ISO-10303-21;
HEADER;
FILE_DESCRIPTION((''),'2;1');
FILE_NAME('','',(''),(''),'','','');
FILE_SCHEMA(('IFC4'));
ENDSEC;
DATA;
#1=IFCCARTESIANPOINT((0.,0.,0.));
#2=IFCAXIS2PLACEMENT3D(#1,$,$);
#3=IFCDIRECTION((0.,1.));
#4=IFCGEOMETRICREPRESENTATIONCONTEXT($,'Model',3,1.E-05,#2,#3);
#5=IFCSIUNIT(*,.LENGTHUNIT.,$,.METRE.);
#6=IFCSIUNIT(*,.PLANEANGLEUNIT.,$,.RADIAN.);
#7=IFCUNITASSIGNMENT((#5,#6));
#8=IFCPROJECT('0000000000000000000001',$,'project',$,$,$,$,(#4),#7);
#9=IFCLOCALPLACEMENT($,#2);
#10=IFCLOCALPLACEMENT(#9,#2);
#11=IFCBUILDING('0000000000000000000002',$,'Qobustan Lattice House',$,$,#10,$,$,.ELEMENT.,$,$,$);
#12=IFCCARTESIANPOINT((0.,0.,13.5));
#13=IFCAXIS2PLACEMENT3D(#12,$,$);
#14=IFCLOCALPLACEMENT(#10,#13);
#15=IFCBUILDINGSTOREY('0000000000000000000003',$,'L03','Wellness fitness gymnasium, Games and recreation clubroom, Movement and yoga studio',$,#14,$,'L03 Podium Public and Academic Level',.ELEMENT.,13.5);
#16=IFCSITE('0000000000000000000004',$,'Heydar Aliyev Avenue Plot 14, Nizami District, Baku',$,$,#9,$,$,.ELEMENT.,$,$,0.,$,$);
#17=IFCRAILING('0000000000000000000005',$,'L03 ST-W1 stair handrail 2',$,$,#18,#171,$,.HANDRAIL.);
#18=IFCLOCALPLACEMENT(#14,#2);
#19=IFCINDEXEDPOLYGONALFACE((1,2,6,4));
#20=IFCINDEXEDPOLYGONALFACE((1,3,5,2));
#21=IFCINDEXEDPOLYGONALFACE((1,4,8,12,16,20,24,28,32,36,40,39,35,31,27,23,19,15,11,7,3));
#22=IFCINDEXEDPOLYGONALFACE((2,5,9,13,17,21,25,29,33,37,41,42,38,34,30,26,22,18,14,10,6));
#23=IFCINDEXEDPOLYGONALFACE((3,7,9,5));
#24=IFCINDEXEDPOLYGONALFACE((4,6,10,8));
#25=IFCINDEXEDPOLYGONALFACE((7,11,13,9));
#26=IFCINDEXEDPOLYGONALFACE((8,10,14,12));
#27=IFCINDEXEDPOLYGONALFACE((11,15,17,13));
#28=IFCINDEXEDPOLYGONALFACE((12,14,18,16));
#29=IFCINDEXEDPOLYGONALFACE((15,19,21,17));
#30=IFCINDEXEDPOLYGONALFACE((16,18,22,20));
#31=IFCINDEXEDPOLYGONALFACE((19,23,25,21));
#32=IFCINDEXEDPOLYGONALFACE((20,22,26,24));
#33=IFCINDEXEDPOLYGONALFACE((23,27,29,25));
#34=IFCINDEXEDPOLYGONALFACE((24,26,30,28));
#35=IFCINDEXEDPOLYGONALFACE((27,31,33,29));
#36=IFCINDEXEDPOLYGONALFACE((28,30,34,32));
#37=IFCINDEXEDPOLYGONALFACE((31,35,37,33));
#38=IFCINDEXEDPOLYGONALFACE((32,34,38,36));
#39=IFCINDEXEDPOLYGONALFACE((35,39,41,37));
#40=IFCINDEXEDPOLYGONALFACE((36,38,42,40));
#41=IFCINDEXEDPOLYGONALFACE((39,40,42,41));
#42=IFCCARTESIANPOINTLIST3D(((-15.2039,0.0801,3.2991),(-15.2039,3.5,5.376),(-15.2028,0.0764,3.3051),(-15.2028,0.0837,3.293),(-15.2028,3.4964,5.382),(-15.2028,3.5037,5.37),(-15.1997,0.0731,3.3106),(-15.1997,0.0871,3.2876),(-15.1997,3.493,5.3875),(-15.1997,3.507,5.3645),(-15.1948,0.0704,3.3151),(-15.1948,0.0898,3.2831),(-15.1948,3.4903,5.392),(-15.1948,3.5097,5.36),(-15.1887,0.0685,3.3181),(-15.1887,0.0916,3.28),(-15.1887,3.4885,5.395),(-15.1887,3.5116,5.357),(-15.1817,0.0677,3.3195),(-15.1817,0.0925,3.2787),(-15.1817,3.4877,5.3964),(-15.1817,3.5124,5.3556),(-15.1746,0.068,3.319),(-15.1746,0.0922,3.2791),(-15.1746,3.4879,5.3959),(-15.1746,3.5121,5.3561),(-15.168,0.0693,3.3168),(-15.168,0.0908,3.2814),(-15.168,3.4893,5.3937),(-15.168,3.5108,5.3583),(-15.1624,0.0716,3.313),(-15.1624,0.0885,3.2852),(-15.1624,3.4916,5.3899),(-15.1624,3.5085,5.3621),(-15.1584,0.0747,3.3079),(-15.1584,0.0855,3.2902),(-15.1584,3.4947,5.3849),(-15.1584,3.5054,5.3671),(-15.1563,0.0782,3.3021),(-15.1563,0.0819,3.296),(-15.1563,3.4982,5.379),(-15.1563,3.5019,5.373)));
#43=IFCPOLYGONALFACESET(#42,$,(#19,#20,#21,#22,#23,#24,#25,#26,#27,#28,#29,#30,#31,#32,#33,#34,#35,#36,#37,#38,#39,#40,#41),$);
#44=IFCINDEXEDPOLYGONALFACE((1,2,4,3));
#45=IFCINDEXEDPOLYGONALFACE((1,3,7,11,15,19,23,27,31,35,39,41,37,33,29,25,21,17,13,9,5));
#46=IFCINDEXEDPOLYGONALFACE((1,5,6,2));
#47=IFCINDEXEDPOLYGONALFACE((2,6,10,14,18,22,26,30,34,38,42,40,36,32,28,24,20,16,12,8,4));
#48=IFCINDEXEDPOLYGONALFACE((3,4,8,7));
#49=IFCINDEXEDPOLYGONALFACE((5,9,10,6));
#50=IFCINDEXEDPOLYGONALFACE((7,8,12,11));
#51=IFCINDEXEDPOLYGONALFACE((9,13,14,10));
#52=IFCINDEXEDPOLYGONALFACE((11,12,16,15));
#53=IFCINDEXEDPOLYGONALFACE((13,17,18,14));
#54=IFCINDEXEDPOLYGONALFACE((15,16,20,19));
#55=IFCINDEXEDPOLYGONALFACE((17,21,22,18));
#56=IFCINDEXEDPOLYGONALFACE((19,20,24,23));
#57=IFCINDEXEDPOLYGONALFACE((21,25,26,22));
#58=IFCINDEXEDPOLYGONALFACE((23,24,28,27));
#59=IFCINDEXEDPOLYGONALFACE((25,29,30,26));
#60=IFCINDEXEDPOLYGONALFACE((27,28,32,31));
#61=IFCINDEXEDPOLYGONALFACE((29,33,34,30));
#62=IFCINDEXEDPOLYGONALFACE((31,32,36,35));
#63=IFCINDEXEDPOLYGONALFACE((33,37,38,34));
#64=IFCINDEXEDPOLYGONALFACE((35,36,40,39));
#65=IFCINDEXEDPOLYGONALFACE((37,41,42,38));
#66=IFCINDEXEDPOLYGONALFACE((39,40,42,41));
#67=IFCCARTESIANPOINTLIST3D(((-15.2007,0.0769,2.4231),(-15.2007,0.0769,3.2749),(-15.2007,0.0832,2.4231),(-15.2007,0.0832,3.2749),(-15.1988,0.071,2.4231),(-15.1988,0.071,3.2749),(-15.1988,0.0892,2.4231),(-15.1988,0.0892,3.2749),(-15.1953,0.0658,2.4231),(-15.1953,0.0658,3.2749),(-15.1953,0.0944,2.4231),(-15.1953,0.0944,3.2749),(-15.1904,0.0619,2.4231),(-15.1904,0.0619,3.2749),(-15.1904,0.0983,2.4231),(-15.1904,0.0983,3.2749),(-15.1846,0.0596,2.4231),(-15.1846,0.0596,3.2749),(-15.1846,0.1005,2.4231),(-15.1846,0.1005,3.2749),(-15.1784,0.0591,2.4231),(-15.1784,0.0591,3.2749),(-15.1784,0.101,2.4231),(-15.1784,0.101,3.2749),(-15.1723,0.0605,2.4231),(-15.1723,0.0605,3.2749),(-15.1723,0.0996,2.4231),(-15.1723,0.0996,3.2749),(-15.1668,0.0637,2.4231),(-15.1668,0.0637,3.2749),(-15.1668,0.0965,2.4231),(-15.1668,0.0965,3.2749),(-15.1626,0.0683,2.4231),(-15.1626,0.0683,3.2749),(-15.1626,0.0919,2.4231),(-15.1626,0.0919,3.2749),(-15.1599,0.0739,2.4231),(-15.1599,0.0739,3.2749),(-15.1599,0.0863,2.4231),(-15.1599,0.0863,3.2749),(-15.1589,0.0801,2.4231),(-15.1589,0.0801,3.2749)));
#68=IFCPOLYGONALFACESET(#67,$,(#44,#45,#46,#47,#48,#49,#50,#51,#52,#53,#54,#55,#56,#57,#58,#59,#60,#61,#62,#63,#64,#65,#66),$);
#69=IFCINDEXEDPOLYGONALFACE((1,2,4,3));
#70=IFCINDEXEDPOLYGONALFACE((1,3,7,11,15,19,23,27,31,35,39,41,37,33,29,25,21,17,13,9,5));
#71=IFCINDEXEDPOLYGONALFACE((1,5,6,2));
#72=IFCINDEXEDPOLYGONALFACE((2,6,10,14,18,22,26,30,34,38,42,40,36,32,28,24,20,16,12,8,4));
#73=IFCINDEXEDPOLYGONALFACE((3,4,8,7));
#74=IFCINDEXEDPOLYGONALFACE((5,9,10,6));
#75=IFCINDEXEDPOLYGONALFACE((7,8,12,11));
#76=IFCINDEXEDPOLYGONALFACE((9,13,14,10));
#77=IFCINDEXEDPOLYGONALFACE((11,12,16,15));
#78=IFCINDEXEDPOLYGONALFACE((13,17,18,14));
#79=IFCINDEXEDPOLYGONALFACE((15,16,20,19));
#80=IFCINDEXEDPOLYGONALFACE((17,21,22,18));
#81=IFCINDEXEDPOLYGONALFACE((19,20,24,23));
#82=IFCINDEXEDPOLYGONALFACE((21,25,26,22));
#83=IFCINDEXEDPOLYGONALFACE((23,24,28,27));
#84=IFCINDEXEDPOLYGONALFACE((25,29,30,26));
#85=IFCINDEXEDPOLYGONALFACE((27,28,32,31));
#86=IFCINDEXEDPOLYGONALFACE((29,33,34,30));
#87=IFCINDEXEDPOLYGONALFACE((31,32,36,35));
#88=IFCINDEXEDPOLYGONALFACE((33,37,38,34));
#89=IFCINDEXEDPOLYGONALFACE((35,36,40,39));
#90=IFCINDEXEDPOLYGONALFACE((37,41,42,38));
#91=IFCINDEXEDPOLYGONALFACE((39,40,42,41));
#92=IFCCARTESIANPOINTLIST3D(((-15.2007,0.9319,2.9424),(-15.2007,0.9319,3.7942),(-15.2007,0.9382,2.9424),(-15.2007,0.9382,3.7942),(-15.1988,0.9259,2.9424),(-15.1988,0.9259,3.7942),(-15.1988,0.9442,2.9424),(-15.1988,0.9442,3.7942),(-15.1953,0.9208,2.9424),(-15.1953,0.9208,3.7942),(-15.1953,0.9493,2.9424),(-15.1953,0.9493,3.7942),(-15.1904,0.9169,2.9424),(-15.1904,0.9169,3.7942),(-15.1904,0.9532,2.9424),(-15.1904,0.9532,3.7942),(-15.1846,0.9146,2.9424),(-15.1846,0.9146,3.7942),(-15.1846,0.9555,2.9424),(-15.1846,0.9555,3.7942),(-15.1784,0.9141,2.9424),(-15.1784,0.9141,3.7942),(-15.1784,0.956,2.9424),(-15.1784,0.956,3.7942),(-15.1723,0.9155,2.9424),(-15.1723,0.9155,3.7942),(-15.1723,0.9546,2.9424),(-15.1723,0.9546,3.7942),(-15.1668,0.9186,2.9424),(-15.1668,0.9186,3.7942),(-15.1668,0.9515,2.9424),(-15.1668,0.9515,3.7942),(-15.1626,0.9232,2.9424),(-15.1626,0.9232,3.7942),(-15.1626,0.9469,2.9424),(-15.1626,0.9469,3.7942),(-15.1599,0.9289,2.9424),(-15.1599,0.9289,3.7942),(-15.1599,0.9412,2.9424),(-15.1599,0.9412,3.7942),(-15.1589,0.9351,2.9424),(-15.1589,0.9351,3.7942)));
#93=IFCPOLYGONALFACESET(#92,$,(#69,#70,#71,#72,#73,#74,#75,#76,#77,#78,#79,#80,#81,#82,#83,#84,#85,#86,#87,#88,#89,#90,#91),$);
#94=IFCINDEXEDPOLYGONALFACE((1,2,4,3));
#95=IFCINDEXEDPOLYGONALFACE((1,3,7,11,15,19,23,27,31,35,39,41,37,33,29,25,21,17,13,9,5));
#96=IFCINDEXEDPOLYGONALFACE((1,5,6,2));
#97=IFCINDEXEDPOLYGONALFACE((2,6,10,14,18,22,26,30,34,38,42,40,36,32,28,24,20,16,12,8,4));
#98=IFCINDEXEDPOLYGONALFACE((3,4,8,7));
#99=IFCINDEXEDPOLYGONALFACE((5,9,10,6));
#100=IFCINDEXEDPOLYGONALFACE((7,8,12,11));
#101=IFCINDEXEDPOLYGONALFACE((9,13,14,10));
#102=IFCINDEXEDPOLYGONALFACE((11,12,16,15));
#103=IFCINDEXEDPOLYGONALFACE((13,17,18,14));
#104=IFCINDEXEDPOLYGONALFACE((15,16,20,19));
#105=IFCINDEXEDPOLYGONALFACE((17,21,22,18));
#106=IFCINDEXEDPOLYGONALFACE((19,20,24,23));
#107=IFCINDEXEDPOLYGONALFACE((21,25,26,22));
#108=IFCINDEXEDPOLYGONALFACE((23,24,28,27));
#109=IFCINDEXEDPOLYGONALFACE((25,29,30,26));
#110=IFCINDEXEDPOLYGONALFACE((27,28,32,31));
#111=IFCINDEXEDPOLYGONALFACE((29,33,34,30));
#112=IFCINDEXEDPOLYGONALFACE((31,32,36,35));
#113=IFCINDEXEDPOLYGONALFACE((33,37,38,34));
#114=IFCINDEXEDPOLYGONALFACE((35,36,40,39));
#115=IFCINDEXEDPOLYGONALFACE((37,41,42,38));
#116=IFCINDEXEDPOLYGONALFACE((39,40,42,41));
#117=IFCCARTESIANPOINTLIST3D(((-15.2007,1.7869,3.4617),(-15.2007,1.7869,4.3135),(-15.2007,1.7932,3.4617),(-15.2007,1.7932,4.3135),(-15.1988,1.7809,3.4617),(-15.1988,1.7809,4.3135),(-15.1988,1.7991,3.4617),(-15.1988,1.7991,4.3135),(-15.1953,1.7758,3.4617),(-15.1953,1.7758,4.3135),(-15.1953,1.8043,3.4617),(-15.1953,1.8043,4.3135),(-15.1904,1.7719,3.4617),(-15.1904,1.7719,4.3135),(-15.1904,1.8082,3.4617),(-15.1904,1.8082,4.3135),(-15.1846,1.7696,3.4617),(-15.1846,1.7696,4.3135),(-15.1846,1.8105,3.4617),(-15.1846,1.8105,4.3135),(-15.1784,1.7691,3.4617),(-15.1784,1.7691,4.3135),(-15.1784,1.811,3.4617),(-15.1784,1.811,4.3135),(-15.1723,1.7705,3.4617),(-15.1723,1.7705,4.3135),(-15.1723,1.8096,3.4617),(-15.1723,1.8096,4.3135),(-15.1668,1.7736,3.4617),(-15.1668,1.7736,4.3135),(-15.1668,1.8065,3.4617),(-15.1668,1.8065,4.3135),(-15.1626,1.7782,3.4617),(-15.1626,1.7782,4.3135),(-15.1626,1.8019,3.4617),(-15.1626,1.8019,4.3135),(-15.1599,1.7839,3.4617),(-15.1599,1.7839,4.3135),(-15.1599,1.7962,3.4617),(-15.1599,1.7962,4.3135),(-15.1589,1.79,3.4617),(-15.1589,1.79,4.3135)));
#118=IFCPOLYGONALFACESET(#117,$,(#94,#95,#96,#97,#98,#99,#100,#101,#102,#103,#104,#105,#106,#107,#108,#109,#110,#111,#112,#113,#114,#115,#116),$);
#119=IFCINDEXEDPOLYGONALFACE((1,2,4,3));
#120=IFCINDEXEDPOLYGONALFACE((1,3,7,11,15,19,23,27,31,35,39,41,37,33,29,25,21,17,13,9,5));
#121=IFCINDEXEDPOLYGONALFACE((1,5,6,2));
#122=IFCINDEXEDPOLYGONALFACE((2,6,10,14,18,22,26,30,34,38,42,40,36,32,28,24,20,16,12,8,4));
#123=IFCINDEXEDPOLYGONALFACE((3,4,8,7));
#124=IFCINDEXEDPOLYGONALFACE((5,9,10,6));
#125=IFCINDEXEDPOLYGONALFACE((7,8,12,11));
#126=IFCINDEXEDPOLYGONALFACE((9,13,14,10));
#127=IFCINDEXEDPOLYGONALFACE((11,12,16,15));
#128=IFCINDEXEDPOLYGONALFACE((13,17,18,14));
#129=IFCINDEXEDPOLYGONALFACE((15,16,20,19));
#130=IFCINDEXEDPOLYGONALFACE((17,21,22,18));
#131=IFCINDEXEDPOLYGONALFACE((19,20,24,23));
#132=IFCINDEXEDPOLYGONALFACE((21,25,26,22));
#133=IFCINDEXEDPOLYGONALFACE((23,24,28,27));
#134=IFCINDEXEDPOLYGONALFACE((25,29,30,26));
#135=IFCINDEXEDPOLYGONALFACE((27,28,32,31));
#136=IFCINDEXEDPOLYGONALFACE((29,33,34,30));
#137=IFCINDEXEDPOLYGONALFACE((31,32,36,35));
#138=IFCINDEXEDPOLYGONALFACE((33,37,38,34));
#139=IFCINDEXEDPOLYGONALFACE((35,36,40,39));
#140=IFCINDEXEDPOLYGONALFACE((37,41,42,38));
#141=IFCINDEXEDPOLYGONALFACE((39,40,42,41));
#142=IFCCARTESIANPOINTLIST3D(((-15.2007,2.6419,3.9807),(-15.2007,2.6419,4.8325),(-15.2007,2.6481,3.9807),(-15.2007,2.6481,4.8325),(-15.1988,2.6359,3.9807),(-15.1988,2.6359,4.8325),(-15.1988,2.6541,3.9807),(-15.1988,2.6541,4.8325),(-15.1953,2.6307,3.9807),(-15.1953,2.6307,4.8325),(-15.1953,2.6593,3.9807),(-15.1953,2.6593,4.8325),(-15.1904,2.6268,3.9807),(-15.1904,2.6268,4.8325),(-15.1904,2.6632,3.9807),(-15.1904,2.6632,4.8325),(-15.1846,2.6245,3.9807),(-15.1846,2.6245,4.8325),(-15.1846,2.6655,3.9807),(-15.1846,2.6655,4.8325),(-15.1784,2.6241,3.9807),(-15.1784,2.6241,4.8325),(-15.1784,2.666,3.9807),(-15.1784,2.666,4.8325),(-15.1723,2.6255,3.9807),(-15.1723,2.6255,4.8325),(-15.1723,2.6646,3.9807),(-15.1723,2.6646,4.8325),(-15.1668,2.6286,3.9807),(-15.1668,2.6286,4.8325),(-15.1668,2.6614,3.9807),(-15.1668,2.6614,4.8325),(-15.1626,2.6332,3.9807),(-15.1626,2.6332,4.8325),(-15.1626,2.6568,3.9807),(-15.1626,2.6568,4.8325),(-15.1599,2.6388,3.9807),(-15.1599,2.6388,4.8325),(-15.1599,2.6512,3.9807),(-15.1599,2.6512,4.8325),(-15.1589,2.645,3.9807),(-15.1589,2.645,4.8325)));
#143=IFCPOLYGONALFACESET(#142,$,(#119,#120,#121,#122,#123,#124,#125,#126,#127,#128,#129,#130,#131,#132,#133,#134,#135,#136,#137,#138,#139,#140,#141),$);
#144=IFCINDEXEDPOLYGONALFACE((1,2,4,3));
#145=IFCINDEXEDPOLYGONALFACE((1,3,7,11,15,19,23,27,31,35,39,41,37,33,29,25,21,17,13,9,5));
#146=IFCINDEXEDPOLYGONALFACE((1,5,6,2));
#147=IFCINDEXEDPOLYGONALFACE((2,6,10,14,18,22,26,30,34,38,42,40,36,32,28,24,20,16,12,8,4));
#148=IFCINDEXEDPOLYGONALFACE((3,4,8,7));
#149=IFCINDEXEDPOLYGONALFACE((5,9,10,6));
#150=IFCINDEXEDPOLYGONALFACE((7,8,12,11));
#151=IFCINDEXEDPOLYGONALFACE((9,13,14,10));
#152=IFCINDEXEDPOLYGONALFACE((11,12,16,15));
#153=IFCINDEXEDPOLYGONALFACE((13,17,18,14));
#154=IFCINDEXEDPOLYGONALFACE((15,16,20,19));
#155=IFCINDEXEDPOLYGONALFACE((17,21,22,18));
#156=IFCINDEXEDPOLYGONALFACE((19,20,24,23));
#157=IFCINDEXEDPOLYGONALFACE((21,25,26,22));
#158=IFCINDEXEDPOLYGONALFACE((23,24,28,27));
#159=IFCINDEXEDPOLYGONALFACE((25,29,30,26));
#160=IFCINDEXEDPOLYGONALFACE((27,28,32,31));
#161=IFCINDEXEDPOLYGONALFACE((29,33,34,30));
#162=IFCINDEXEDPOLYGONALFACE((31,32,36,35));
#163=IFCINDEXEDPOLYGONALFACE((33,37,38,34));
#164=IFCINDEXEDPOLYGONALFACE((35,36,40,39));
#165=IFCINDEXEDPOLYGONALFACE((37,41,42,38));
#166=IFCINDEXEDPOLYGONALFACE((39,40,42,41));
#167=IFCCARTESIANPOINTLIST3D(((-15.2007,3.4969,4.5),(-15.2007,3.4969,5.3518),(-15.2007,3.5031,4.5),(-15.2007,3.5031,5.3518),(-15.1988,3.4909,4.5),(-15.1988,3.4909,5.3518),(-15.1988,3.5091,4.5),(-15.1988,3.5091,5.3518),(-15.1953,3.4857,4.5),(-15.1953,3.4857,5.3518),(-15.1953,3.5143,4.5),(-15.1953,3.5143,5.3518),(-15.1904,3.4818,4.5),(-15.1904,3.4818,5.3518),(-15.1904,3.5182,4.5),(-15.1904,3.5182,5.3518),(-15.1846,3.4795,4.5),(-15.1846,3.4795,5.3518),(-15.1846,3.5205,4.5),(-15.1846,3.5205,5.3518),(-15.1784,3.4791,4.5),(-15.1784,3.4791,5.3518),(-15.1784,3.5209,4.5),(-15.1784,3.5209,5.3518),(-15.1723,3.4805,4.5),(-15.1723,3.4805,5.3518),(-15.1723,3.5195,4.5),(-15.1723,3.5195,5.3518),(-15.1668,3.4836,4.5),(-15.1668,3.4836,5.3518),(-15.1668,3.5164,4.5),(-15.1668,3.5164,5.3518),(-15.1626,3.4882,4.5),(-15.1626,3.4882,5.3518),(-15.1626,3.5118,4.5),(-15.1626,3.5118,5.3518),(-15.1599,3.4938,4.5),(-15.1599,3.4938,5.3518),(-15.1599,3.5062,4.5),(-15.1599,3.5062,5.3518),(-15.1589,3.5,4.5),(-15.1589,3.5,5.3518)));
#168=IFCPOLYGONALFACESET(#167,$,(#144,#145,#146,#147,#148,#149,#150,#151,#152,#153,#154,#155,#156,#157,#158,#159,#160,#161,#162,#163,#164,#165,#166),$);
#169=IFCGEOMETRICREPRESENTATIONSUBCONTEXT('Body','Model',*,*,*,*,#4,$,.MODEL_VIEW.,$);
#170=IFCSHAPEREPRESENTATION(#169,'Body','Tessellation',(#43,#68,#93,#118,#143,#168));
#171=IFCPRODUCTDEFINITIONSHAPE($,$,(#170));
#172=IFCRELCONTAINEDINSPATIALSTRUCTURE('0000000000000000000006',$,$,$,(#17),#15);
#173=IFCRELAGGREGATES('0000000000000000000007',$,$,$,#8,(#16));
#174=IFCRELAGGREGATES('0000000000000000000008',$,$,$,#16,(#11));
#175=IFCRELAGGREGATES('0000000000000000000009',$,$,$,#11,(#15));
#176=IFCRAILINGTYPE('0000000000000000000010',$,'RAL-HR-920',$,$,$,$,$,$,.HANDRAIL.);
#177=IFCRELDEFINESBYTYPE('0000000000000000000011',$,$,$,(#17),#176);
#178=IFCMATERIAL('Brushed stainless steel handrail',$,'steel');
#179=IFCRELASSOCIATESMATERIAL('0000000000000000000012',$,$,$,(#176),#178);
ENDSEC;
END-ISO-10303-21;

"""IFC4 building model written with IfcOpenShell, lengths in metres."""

from ifc_helpers import new_model, si_unit, direction, frame, origin, origin_2d, place, context, subcontext, project, spatial, circle, extrude, material, type_object, element, save


model = new_model("IFC4")

# Units and contexts
model_context = context("Model", 3, precision=1e-05, world=origin(), true_north=direction((0.0, 1.0)))
body_context = subcontext(model_context, "Body", "Model", "MODEL_VIEW")
ifc_project = project(units=[si_unit("LENGTHUNIT", "METRE"), si_unit("PLANEANGLEUNIT", "RADIAN")], contexts=[model_context])

# Site, building, storey
site_placement = place(None, origin())
site = spatial("IfcSite", under=ifc_project, at=site_placement, Name="Heydar Aliyev Avenue Plot 14, Nizami District, Baku", CompositionType="ELEMENT", RefElevation=0.0)
building_placement = place(site_placement, origin())
building = spatial("IfcBuilding", under=site, at=building_placement, Name="Qobustan Lattice House", CompositionType="ELEMENT")
storey_placement = place(building_placement, frame((0.0, 0.0, 13.5)))
storey = spatial("IfcBuildingStorey", under=building, at=storey_placement, Name="L03", Description="Wellness fitness gymnasium, Games and recreation clubroom, Movement and yoga studio", LongName="L03 Podium Public and Academic Level", CompositionType="ELEMENT", Elevation=13.5)

# Railing
ifc_material_1 = material(Name="Brushed stainless steel handrail", Category="steel")
railing_type_1 = type_object("IfcRailingType", Name="RAL-HR-920", PredefinedType="HANDRAIL", material=ifc_material_1)
railing_1_placement = place(storey_placement, frame((-15.1799, 0.0801, 2.4231)))
element("IfcRailing", 1, at=railing_1_placement, inside=storey, type_object=railing_type_1, Name="L03 ST-W1 stair handrail 2", PredefinedType="HANDRAIL", context=body_context, shape_type="SweptSolid", body=[
    extrude(circle(Radius=0.0239, at=origin_2d()), frame((0.0, 0.0, 0.876), z_axis=(0.0, 0.85473, 0.519074), x_axis=(-1.0, 0.0, 0.0)), (0.0, 0.0, 1.0), 4.0012),
    extrude(circle(Radius=0.021, at=origin_2d()), origin(), (0.0, 0.0, 1.0), 0.8518),
    extrude(circle(Radius=0.021, at=origin_2d()), frame((0.0, 0.855, 0.5193)), (0.0, 0.0, 1.0), 0.8518),
    extrude(circle(Radius=0.021, at=origin_2d()), frame((0.0, 1.71, 1.0386)), (0.0, 0.0, 1.0), 0.8518),
    extrude(circle(Radius=0.021, at=origin_2d()), frame((0.0, 2.5649, 1.5576)), (0.0, 0.0, 1.0), 0.8518),
    extrude(circle(Radius=0.021, at=origin_2d()), frame((0.0, 3.4199, 2.0769)), (0.0, 0.0, 1.0), 0.8518),
])

save(model, "model.ifc")
